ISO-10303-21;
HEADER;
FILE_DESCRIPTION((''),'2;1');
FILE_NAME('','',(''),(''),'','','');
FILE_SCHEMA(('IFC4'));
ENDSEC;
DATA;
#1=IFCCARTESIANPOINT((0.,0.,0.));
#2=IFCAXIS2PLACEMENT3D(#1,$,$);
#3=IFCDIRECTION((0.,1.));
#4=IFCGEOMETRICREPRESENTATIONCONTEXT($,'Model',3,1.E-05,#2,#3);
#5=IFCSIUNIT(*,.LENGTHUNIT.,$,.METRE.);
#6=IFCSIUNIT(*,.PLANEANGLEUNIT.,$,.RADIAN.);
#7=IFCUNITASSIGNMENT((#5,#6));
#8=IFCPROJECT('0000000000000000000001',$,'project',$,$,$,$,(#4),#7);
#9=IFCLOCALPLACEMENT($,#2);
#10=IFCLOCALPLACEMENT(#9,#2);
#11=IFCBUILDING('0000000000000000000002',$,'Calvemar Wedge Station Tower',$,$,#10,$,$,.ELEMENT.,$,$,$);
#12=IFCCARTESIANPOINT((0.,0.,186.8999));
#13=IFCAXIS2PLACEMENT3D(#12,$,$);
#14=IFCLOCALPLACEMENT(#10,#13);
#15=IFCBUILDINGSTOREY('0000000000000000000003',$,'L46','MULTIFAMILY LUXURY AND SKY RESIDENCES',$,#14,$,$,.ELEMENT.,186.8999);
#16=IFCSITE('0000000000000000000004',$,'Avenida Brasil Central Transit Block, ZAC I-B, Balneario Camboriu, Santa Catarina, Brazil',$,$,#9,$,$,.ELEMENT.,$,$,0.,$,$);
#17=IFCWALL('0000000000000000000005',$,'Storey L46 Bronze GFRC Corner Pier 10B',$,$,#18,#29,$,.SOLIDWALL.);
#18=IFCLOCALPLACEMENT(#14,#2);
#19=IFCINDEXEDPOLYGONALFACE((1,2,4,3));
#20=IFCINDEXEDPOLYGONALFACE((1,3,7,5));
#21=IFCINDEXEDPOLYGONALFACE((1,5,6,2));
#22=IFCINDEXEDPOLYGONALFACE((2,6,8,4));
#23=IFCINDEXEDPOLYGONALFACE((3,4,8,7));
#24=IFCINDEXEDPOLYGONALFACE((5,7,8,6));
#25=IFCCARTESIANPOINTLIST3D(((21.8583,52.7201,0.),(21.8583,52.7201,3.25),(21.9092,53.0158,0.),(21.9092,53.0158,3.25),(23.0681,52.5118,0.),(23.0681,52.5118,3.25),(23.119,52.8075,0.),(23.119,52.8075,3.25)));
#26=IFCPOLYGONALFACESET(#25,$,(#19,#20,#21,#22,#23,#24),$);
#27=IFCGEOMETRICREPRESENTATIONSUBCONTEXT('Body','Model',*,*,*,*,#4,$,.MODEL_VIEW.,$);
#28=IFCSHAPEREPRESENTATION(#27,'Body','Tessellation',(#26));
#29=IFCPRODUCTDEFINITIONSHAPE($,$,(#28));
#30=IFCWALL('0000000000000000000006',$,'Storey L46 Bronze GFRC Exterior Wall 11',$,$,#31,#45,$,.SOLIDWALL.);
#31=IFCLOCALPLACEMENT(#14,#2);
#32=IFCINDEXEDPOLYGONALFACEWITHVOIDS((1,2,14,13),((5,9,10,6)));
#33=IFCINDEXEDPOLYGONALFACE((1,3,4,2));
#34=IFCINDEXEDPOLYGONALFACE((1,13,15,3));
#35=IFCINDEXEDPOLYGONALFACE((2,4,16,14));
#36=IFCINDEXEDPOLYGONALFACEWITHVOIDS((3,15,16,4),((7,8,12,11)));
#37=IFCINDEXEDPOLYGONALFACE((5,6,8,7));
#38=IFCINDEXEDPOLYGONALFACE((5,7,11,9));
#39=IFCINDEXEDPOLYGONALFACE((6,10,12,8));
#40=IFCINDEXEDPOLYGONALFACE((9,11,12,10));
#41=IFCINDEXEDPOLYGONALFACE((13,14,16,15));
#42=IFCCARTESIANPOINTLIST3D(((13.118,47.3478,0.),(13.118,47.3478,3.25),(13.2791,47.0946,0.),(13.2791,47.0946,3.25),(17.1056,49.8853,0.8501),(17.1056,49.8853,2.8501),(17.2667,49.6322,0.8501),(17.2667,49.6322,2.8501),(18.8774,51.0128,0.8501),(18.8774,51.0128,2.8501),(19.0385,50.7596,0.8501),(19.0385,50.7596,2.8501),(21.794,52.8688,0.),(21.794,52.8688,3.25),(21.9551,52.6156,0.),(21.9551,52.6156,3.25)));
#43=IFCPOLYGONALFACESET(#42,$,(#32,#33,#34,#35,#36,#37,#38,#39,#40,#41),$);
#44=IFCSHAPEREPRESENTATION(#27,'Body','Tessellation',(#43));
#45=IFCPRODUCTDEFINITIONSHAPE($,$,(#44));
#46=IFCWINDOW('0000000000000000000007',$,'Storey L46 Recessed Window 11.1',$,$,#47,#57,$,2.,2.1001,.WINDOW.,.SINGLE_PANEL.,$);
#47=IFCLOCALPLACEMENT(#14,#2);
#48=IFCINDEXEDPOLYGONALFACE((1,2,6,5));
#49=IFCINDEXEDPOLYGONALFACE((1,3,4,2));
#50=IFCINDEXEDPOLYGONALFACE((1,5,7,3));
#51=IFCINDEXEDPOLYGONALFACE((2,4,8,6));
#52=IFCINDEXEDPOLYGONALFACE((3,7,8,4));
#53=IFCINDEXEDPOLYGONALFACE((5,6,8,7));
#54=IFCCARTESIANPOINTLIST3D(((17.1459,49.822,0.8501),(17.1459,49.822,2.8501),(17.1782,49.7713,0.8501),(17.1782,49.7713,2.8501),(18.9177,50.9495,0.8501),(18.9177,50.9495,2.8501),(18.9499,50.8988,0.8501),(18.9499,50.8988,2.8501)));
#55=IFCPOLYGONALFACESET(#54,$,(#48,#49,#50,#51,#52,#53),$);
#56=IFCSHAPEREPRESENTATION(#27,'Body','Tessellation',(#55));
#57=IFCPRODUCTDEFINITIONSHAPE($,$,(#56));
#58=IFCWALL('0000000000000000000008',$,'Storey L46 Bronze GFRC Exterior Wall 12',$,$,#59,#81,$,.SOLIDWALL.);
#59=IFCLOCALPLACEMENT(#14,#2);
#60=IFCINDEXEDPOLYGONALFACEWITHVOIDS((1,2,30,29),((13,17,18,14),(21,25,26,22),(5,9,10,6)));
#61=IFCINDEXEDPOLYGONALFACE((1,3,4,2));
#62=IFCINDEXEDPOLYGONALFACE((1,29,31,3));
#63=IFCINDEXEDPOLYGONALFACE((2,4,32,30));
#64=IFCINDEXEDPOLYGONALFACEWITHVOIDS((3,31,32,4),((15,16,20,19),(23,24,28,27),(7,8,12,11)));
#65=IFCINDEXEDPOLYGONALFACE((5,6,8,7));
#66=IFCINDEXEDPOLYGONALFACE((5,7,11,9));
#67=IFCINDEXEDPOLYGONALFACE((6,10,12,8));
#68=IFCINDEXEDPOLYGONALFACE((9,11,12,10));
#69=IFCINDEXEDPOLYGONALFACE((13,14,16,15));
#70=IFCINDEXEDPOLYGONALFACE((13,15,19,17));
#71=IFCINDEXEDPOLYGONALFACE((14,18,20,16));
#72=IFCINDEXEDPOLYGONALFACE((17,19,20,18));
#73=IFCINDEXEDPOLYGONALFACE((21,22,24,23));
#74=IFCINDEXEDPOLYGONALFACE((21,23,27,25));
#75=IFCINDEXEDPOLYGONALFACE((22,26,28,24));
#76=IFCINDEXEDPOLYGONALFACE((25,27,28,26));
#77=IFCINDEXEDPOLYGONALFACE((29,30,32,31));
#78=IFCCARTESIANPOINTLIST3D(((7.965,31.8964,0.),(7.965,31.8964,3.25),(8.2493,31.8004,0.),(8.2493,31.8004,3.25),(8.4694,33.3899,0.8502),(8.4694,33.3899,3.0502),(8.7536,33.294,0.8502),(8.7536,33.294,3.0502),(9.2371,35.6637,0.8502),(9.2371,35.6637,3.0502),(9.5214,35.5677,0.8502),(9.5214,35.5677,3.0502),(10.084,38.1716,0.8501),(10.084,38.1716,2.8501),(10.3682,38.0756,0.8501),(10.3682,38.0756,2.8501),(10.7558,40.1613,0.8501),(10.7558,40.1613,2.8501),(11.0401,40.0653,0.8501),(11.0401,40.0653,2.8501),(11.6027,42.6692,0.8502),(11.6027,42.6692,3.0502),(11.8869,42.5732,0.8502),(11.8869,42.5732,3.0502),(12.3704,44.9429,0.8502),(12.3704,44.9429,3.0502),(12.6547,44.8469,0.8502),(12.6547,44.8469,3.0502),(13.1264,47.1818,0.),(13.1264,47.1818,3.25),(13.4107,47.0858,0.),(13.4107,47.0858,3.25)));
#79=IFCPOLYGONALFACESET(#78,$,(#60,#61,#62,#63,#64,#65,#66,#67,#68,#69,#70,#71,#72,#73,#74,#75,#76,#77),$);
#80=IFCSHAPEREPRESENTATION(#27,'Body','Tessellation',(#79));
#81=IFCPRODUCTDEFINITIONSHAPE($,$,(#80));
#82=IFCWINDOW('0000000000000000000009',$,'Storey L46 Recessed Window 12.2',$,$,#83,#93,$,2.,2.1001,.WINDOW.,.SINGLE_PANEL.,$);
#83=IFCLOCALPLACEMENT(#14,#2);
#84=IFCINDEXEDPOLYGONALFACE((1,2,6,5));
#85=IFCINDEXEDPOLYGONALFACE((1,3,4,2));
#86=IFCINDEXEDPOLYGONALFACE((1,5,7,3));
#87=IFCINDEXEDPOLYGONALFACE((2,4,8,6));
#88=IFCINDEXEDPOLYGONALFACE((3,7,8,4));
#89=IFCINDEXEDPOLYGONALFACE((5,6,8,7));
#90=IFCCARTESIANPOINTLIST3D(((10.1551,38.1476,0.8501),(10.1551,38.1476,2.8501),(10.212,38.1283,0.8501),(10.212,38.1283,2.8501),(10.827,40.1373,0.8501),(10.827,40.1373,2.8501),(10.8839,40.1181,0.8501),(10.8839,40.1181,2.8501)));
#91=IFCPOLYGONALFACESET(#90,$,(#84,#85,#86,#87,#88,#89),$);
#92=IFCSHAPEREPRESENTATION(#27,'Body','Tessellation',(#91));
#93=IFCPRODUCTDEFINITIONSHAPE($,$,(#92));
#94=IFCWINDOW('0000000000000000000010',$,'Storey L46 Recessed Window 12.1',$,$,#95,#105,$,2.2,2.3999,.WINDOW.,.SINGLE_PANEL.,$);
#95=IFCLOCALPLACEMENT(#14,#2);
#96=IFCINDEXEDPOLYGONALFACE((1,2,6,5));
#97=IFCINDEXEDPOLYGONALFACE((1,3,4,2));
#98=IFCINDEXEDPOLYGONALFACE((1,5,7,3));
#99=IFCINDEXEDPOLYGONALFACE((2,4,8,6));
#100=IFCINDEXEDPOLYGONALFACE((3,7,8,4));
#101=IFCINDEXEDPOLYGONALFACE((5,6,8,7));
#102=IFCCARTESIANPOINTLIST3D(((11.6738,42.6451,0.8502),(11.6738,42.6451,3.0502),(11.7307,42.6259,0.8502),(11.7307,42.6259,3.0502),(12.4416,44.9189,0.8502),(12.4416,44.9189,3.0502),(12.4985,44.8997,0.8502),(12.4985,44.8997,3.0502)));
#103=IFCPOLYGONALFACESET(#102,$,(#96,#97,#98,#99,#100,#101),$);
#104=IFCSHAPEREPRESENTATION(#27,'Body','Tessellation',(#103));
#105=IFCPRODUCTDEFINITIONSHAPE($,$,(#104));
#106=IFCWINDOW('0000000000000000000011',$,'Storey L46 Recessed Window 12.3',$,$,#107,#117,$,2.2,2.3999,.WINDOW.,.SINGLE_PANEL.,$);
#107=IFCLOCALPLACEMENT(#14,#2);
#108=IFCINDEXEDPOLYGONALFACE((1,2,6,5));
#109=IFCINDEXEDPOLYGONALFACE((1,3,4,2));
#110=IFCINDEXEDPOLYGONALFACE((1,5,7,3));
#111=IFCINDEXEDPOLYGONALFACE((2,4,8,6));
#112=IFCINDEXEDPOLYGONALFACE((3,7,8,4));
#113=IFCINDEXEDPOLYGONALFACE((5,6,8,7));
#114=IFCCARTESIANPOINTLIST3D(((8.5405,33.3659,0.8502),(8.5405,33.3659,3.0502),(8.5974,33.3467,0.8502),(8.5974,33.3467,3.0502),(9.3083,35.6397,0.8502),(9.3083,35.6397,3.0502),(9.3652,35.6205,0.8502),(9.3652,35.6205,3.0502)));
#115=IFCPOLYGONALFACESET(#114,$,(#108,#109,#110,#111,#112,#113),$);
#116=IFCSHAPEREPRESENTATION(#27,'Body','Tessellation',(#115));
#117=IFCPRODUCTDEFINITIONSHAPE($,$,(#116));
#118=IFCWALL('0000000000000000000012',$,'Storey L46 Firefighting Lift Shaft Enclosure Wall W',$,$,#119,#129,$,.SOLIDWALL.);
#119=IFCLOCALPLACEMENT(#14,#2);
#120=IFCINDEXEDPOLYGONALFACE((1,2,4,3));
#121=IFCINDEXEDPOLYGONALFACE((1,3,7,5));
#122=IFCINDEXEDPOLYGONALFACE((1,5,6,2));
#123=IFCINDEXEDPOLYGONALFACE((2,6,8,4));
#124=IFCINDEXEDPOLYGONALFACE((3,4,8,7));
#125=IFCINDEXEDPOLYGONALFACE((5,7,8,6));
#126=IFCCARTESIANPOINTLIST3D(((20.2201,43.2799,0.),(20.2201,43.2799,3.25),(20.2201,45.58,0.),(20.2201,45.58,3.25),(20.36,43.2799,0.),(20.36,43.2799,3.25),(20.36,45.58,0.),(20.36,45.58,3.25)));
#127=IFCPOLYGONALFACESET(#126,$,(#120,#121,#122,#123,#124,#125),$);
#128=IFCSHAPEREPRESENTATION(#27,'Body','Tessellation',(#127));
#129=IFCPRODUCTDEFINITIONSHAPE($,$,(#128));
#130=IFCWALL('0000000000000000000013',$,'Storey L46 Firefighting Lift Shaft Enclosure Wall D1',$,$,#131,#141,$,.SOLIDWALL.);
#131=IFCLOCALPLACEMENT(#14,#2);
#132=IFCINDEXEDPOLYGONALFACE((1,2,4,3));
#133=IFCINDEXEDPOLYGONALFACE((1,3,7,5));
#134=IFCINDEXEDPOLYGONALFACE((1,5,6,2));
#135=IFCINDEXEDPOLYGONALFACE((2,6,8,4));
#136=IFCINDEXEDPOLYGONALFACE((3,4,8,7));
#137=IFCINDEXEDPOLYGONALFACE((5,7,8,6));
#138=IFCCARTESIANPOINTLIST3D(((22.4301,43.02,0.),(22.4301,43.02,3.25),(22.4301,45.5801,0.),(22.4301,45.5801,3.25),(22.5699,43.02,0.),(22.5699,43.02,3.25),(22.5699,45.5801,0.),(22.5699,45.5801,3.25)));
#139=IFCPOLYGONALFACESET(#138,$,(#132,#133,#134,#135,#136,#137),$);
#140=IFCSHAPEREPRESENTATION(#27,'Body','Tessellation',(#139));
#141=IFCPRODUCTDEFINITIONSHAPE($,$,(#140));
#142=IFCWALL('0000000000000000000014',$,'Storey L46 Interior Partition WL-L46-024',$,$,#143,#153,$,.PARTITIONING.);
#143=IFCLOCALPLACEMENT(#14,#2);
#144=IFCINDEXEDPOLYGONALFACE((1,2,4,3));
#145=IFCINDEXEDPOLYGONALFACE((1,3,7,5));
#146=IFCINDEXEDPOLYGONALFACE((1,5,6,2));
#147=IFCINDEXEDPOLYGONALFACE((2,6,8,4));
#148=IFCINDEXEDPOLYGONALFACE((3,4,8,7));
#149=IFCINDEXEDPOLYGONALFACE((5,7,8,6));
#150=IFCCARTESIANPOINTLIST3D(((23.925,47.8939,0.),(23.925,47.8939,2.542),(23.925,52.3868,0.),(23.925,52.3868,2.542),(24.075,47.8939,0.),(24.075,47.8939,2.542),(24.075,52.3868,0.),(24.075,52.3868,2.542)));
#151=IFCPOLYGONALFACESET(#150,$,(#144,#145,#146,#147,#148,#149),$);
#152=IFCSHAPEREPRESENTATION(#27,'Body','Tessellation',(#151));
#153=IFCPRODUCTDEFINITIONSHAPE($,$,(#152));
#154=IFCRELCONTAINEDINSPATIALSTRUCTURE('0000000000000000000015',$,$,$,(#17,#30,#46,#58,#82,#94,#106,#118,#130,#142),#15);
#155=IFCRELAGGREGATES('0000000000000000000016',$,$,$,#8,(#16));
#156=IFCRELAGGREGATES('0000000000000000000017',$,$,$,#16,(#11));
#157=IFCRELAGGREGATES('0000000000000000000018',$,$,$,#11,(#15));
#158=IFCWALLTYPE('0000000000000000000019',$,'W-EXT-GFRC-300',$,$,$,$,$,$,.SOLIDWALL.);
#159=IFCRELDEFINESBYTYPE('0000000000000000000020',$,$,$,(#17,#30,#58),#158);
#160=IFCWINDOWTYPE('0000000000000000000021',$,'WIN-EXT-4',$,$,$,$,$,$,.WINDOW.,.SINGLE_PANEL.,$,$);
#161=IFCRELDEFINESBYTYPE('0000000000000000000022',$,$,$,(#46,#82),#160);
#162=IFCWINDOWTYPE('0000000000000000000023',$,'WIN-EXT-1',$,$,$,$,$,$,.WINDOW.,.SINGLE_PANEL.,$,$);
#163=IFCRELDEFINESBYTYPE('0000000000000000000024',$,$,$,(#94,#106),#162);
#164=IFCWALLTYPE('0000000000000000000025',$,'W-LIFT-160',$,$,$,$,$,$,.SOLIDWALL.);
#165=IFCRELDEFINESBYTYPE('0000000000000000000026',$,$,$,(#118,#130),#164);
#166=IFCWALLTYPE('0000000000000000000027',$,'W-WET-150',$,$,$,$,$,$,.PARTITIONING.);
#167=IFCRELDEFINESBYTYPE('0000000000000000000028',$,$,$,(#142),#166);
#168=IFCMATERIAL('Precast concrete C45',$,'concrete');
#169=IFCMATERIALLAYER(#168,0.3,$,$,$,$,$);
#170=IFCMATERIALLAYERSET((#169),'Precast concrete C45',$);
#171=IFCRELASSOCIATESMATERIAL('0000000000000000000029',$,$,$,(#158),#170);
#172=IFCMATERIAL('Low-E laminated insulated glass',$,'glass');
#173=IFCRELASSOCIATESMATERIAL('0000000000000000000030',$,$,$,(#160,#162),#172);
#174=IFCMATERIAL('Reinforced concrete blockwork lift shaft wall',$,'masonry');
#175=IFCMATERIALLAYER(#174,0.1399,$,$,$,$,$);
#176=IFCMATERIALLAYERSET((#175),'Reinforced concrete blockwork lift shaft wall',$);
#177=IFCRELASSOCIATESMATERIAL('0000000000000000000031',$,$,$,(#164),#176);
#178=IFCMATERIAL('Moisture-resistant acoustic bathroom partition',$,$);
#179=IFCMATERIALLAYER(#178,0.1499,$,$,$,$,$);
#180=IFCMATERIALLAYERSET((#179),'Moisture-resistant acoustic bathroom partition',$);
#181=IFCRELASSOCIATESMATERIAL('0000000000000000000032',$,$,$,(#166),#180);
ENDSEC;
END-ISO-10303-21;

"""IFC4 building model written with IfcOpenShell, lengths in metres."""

from ifc_helpers import new_model, si_unit, direction, frame, frame_2d, origin, place, context, subcontext, project, spatial, rectangle, extrude, source, transform, mapped, material, layer, layer_set, type_object, element, fill, save


model = new_model("IFC4")

# Units and contexts
model_context = context("Model", 3, precision=1e-05, world=origin(), true_north=direction((0.0, 1.0)))
body_context = subcontext(model_context, "Body", "Model", "MODEL_VIEW")
ifc_project = project(units=[si_unit("LENGTHUNIT", "METRE"), si_unit("PLANEANGLEUNIT", "RADIAN")], contexts=[model_context])

# Site, building, storey
site_placement = place(None, origin())
site = spatial("IfcSite", under=ifc_project, at=site_placement, Name="Avenida Brasil Central Transit Block, ZAC I-B, Balneario Camboriu, Santa Catarina, Brazil", CompositionType="ELEMENT", RefElevation=0.0)
building_placement = place(site_placement, origin())
building = spatial("IfcBuilding", under=site, at=building_placement, Name="Calvemar Wedge Station Tower", CompositionType="ELEMENT")
storey_placement = place(building_placement, frame((0.0, 0.0, 186.8999)))
storey = spatial("IfcBuildingStorey", under=building, at=storey_placement, Name="L46", Description="MULTIFAMILY LUXURY AND SKY RESIDENCES", CompositionType="ELEMENT", Elevation=186.8999)

# Wall
ifc_material_1 = material(Name="Precast concrete C45", Category="concrete")
ifc_layer_1 = layer(ifc_material_1, 0.3)
ifc_layer_set_1 = layer_set([ifc_layer_1], Name="Precast concrete C45")
wall_type_1 = type_object("IfcWallType", Name="W-EXT-GFRC-300", PredefinedType="SOLIDWALL", material=ifc_layer_set_1)
wall_1_placement = place(storey_placement, frame((23.0935, 52.6597, 0.0), z_axis=(0.0, 0.0, 1.0), x_axis=(-0.985504, 0.169654, 0.0)))
element("IfcWall", 1, at=wall_1_placement, inside=storey, type_object=wall_type_1, Name="Storey L46 Bronze GFRC Corner Pier 10B", PredefinedType="SOLIDWALL", context=body_context, shape_type="SweptSolid", body=[
    extrude(rectangle(XDim=1.2275, YDim=0.3, at=frame_2d((0.6138, 0.0))), origin(), (0.0, 0.0, 1.0), 3.25),
])

# Wall, opening, window
wall_2_placement = place(storey_placement, frame((21.8745, 52.7422, 0.0), z_axis=(0.0, 0.0, 1.0), x_axis=(-0.843666, -0.536868, 0.0)))
wall_2 = element("IfcWall", 2, at=wall_2_placement, inside=storey, type_object=wall_type_1, Name="Storey L46 Bronze GFRC Exterior Wall 11", PredefinedType="SOLIDWALL", context=body_context, shape_type="SweptSolid", body=[
    extrude(rectangle(XDim=10.2837, YDim=0.3, at=frame_2d((5.1418, 0.0))), origin(), (0.0, 0.0, 1.0), 3.25),
])
shared_shape_1 = source(origin(), body_context, "Body", "SweptSolid", [
    extrude(rectangle(XDim=2.1001, YDim=2.0, at=frame_2d((1.05, 1.0))), frame((0.0, 0.1602, 0.0), z_axis=(0.0, -1.0, 0.0), x_axis=(1.0, 0.0, 0.0)), (0.0, 0.0, 1.0), 0.3201),
])
opening_1_placement = place(wall_2_placement, frame((3.457, 0.0, 0.8501)))
opening_1 = element("IfcOpeningElement", 3, at=opening_1_placement, cuts=wall_2, PredefinedType="OPENING", context=body_context, shape_type="MappedRepresentation", body=[
    mapped(shared_shape_1, transform((0.0, 0.0, 0.0), scale=1.0)),
])
ifc_material_2 = material(Name="Low-E laminated insulated glass", Category="glass")
window_type_1 = type_object("IfcWindowType", Name="WIN-EXT-4", PartitioningType="SINGLE_PANEL", PredefinedType="WINDOW", material=ifc_material_2)
shared_shape_2 = source(origin(), body_context, "Body", "SweptSolid", [
    extrude(rectangle(XDim=2.1001, YDim=2.0, at=frame_2d((1.05, 1.0))), frame((0.0, -0.0149, 0.0), z_axis=(0.0, -1.0, 0.0), x_axis=(1.0, 0.0, 0.0)), (0.0, 0.0, 1.0), 0.0601),
])
window_1_placement = place(opening_1_placement, origin())
window_1 = element("IfcWindow", 4, at=window_1_placement, inside=storey, type_object=window_type_1, Name="Storey L46 Recessed Window 11.1", OverallHeight=2.0, OverallWidth=2.1001, PartitioningType="SINGLE_PANEL", PredefinedType="WINDOW", context=body_context, shape_type="MappedRepresentation", body=[
    mapped(shared_shape_2, transform((0.0, 0.0, 0.0), scale=1.0)),
])
fill(opening_1, window_1)

# Wall, openings, windows
wall_3_placement = place(storey_placement, frame((13.2686, 47.1338, 0.0), z_axis=(0.0, 0.0, 1.0), x_axis=(-0.319921, -0.947444, 0.0)))
wall_3 = element("IfcWall", 5, at=wall_3_placement, inside=storey, type_object=wall_type_1, Name="Storey L46 Bronze GFRC Exterior Wall 12", PredefinedType="SOLIDWALL", context=body_context, shape_type="SweptSolid", body=[
    extrude(rectangle(XDim=16.1333, YDim=0.3, at=frame_2d((8.0667, 0.0))), origin(), (0.0, 0.0, 1.0), 3.25),
])
shared_shape_3 = source(origin(), body_context, "Body", "SweptSolid", [
    extrude(rectangle(XDim=2.3999, YDim=2.2, at=frame_2d((1.2, 1.1001))), frame((0.0, 0.1602, 0.0), z_axis=(0.0, -1.0, 0.0), x_axis=(1.0, 0.0, 0.0)), (0.0, 0.0, 1.0), 0.3201),
])
opening_2_placement = place(wall_3_placement, frame((2.363, 0.0, 0.8501)))
opening_2 = element("IfcOpeningElement", 6, at=opening_2_placement, cuts=wall_3, PredefinedType="OPENING", context=body_context, shape_type="MappedRepresentation", body=[
    mapped(shared_shape_3, transform((0.0, 0.0, 0.0), scale=1.0)),
])
opening_3_placement = place(wall_3_placement, frame((7.4099, 0.0, 0.8501)))
opening_3 = element("IfcOpeningElement", 7, at=opening_3_placement, cuts=wall_3, PredefinedType="OPENING", context=body_context, shape_type="MappedRepresentation", body=[
    mapped(shared_shape_1, transform((0.0, 0.0, 0.0), scale=1.0)),
])
opening_4_placement = place(wall_3_placement, frame((12.157, 0.0, 0.8501)))
opening_4 = element("IfcOpeningElement", 8, at=opening_4_placement, cuts=wall_3, PredefinedType="OPENING", context=body_context, shape_type="MappedRepresentation", body=[
    mapped(shared_shape_3, transform((0.0, 0.0, 0.0), scale=1.0)),
])
window_2_placement = place(opening_3_placement, origin())
window_2 = element("IfcWindow", 9, at=window_2_placement, inside=storey, type_object=window_type_1, Name="Storey L46 Recessed Window 12.2", OverallHeight=2.0, OverallWidth=2.1001, PartitioningType="SINGLE_PANEL", PredefinedType="WINDOW", context=body_context, shape_type="MappedRepresentation", body=[
    mapped(shared_shape_2, transform((0.0, 0.0, 0.0), scale=1.0)),
])
fill(opening_3, window_2)
window_type_2 = type_object("IfcWindowType", Name="WIN-EXT-1", PartitioningType="SINGLE_PANEL", PredefinedType="WINDOW", material=ifc_material_2)
shared_shape_4 = source(origin(), body_context, "Body", "SweptSolid", [
    extrude(rectangle(XDim=2.3999, YDim=2.2, at=frame_2d((1.2, 1.1001))), frame((0.0, -0.0149, 0.0), z_axis=(0.0, -1.0, 0.0), x_axis=(1.0, 0.0, 0.0)), (0.0, 0.0, 1.0), 0.0601),
])
window_3_placement = place(opening_2_placement, origin())
window_3 = element("IfcWindow", 10, at=window_3_placement, inside=storey, type_object=window_type_2, Name="Storey L46 Recessed Window 12.1", OverallHeight=2.2, OverallWidth=2.3999, PartitioningType="SINGLE_PANEL", PredefinedType="WINDOW", context=body_context, shape_type="MappedRepresentation", body=[
    mapped(shared_shape_4, transform((0.0, 0.0, 0.0), scale=1.0)),
])
fill(opening_2, window_3)
window_4_placement = place(opening_4_placement, origin())
window_4 = element("IfcWindow", 11, at=window_4_placement, inside=storey, type_object=window_type_2, Name="Storey L46 Recessed Window 12.3", OverallHeight=2.2, OverallWidth=2.3999, PartitioningType="SINGLE_PANEL", PredefinedType="WINDOW", context=body_context, shape_type="MappedRepresentation", body=[
    mapped(shared_shape_4, transform((0.0, 0.0, 0.0), scale=1.0)),
])
fill(opening_4, window_4)

# Walls
ifc_material_3 = material(Name="Reinforced concrete blockwork lift shaft wall", Category="masonry")
ifc_layer_2 = layer(ifc_material_3, 0.1399)
ifc_layer_set_2 = layer_set([ifc_layer_2], Name="Reinforced concrete blockwork lift shaft wall")
wall_type_2 = type_object("IfcWallType", Name="W-LIFT-160", PredefinedType="SOLIDWALL", material=ifc_layer_set_2)
wall_4_placement = place(storey_placement, frame((20.29, 43.28, 0.0), z_axis=(0.0, 0.0, 1.0), x_axis=(0.0, 1.0, 0.0)))
element("IfcWall", 12, at=wall_4_placement, inside=storey, type_object=wall_type_2, Name="Storey L46 Firefighting Lift Shaft Enclosure Wall W", PredefinedType="SOLIDWALL", context=body_context, shape_type="SweptSolid", body=[
    extrude(rectangle(XDim=2.3, YDim=0.1399, at=frame_2d((1.1499, 0.0))), origin(), (0.0, 0.0, 1.0), 3.25),
])
wall_5_placement = place(storey_placement, frame((22.5, 43.02, 0.0), z_axis=(0.0, 0.0, 1.0), x_axis=(0.0, 1.0, 0.0)))
element("IfcWall", 13, at=wall_5_placement, inside=storey, type_object=wall_type_2, Name="Storey L46 Firefighting Lift Shaft Enclosure Wall D1", PredefinedType="SOLIDWALL", context=body_context, shape_type="SweptSolid", body=[
    extrude(rectangle(XDim=2.5601, YDim=0.1399, at=frame_2d((1.28, 0.0))), origin(), (0.0, 0.0, 1.0), 3.25),
])
ifc_material_4 = material(Name="Moisture-resistant acoustic bathroom partition")
ifc_layer_3 = layer(ifc_material_4, 0.1499)
ifc_layer_set_3 = layer_set([ifc_layer_3], Name="Moisture-resistant acoustic bathroom partition")
wall_type_3 = type_object("IfcWallType", Name="W-WET-150", PredefinedType="PARTITIONING", material=ifc_layer_set_3)
wall_6_placement = place(storey_placement, frame((24.0, 52.387, 0.0), z_axis=(0.0, 0.0, 1.0), x_axis=(0.0, -1.0, 0.0)))
element("IfcWall", 14, at=wall_6_placement, inside=storey, type_object=wall_type_3, Name="Storey L46 Interior Partition WL-L46-024", PredefinedType="PARTITIONING", context=body_context, shape_type="SweptSolid", body=[
    extrude(rectangle(XDim=4.4929, YDim=0.1499, at=frame_2d((2.2466, 0.0))), origin(), (0.0, 0.0, 1.0), 2.542),
])

save(model, "model.ifc")
